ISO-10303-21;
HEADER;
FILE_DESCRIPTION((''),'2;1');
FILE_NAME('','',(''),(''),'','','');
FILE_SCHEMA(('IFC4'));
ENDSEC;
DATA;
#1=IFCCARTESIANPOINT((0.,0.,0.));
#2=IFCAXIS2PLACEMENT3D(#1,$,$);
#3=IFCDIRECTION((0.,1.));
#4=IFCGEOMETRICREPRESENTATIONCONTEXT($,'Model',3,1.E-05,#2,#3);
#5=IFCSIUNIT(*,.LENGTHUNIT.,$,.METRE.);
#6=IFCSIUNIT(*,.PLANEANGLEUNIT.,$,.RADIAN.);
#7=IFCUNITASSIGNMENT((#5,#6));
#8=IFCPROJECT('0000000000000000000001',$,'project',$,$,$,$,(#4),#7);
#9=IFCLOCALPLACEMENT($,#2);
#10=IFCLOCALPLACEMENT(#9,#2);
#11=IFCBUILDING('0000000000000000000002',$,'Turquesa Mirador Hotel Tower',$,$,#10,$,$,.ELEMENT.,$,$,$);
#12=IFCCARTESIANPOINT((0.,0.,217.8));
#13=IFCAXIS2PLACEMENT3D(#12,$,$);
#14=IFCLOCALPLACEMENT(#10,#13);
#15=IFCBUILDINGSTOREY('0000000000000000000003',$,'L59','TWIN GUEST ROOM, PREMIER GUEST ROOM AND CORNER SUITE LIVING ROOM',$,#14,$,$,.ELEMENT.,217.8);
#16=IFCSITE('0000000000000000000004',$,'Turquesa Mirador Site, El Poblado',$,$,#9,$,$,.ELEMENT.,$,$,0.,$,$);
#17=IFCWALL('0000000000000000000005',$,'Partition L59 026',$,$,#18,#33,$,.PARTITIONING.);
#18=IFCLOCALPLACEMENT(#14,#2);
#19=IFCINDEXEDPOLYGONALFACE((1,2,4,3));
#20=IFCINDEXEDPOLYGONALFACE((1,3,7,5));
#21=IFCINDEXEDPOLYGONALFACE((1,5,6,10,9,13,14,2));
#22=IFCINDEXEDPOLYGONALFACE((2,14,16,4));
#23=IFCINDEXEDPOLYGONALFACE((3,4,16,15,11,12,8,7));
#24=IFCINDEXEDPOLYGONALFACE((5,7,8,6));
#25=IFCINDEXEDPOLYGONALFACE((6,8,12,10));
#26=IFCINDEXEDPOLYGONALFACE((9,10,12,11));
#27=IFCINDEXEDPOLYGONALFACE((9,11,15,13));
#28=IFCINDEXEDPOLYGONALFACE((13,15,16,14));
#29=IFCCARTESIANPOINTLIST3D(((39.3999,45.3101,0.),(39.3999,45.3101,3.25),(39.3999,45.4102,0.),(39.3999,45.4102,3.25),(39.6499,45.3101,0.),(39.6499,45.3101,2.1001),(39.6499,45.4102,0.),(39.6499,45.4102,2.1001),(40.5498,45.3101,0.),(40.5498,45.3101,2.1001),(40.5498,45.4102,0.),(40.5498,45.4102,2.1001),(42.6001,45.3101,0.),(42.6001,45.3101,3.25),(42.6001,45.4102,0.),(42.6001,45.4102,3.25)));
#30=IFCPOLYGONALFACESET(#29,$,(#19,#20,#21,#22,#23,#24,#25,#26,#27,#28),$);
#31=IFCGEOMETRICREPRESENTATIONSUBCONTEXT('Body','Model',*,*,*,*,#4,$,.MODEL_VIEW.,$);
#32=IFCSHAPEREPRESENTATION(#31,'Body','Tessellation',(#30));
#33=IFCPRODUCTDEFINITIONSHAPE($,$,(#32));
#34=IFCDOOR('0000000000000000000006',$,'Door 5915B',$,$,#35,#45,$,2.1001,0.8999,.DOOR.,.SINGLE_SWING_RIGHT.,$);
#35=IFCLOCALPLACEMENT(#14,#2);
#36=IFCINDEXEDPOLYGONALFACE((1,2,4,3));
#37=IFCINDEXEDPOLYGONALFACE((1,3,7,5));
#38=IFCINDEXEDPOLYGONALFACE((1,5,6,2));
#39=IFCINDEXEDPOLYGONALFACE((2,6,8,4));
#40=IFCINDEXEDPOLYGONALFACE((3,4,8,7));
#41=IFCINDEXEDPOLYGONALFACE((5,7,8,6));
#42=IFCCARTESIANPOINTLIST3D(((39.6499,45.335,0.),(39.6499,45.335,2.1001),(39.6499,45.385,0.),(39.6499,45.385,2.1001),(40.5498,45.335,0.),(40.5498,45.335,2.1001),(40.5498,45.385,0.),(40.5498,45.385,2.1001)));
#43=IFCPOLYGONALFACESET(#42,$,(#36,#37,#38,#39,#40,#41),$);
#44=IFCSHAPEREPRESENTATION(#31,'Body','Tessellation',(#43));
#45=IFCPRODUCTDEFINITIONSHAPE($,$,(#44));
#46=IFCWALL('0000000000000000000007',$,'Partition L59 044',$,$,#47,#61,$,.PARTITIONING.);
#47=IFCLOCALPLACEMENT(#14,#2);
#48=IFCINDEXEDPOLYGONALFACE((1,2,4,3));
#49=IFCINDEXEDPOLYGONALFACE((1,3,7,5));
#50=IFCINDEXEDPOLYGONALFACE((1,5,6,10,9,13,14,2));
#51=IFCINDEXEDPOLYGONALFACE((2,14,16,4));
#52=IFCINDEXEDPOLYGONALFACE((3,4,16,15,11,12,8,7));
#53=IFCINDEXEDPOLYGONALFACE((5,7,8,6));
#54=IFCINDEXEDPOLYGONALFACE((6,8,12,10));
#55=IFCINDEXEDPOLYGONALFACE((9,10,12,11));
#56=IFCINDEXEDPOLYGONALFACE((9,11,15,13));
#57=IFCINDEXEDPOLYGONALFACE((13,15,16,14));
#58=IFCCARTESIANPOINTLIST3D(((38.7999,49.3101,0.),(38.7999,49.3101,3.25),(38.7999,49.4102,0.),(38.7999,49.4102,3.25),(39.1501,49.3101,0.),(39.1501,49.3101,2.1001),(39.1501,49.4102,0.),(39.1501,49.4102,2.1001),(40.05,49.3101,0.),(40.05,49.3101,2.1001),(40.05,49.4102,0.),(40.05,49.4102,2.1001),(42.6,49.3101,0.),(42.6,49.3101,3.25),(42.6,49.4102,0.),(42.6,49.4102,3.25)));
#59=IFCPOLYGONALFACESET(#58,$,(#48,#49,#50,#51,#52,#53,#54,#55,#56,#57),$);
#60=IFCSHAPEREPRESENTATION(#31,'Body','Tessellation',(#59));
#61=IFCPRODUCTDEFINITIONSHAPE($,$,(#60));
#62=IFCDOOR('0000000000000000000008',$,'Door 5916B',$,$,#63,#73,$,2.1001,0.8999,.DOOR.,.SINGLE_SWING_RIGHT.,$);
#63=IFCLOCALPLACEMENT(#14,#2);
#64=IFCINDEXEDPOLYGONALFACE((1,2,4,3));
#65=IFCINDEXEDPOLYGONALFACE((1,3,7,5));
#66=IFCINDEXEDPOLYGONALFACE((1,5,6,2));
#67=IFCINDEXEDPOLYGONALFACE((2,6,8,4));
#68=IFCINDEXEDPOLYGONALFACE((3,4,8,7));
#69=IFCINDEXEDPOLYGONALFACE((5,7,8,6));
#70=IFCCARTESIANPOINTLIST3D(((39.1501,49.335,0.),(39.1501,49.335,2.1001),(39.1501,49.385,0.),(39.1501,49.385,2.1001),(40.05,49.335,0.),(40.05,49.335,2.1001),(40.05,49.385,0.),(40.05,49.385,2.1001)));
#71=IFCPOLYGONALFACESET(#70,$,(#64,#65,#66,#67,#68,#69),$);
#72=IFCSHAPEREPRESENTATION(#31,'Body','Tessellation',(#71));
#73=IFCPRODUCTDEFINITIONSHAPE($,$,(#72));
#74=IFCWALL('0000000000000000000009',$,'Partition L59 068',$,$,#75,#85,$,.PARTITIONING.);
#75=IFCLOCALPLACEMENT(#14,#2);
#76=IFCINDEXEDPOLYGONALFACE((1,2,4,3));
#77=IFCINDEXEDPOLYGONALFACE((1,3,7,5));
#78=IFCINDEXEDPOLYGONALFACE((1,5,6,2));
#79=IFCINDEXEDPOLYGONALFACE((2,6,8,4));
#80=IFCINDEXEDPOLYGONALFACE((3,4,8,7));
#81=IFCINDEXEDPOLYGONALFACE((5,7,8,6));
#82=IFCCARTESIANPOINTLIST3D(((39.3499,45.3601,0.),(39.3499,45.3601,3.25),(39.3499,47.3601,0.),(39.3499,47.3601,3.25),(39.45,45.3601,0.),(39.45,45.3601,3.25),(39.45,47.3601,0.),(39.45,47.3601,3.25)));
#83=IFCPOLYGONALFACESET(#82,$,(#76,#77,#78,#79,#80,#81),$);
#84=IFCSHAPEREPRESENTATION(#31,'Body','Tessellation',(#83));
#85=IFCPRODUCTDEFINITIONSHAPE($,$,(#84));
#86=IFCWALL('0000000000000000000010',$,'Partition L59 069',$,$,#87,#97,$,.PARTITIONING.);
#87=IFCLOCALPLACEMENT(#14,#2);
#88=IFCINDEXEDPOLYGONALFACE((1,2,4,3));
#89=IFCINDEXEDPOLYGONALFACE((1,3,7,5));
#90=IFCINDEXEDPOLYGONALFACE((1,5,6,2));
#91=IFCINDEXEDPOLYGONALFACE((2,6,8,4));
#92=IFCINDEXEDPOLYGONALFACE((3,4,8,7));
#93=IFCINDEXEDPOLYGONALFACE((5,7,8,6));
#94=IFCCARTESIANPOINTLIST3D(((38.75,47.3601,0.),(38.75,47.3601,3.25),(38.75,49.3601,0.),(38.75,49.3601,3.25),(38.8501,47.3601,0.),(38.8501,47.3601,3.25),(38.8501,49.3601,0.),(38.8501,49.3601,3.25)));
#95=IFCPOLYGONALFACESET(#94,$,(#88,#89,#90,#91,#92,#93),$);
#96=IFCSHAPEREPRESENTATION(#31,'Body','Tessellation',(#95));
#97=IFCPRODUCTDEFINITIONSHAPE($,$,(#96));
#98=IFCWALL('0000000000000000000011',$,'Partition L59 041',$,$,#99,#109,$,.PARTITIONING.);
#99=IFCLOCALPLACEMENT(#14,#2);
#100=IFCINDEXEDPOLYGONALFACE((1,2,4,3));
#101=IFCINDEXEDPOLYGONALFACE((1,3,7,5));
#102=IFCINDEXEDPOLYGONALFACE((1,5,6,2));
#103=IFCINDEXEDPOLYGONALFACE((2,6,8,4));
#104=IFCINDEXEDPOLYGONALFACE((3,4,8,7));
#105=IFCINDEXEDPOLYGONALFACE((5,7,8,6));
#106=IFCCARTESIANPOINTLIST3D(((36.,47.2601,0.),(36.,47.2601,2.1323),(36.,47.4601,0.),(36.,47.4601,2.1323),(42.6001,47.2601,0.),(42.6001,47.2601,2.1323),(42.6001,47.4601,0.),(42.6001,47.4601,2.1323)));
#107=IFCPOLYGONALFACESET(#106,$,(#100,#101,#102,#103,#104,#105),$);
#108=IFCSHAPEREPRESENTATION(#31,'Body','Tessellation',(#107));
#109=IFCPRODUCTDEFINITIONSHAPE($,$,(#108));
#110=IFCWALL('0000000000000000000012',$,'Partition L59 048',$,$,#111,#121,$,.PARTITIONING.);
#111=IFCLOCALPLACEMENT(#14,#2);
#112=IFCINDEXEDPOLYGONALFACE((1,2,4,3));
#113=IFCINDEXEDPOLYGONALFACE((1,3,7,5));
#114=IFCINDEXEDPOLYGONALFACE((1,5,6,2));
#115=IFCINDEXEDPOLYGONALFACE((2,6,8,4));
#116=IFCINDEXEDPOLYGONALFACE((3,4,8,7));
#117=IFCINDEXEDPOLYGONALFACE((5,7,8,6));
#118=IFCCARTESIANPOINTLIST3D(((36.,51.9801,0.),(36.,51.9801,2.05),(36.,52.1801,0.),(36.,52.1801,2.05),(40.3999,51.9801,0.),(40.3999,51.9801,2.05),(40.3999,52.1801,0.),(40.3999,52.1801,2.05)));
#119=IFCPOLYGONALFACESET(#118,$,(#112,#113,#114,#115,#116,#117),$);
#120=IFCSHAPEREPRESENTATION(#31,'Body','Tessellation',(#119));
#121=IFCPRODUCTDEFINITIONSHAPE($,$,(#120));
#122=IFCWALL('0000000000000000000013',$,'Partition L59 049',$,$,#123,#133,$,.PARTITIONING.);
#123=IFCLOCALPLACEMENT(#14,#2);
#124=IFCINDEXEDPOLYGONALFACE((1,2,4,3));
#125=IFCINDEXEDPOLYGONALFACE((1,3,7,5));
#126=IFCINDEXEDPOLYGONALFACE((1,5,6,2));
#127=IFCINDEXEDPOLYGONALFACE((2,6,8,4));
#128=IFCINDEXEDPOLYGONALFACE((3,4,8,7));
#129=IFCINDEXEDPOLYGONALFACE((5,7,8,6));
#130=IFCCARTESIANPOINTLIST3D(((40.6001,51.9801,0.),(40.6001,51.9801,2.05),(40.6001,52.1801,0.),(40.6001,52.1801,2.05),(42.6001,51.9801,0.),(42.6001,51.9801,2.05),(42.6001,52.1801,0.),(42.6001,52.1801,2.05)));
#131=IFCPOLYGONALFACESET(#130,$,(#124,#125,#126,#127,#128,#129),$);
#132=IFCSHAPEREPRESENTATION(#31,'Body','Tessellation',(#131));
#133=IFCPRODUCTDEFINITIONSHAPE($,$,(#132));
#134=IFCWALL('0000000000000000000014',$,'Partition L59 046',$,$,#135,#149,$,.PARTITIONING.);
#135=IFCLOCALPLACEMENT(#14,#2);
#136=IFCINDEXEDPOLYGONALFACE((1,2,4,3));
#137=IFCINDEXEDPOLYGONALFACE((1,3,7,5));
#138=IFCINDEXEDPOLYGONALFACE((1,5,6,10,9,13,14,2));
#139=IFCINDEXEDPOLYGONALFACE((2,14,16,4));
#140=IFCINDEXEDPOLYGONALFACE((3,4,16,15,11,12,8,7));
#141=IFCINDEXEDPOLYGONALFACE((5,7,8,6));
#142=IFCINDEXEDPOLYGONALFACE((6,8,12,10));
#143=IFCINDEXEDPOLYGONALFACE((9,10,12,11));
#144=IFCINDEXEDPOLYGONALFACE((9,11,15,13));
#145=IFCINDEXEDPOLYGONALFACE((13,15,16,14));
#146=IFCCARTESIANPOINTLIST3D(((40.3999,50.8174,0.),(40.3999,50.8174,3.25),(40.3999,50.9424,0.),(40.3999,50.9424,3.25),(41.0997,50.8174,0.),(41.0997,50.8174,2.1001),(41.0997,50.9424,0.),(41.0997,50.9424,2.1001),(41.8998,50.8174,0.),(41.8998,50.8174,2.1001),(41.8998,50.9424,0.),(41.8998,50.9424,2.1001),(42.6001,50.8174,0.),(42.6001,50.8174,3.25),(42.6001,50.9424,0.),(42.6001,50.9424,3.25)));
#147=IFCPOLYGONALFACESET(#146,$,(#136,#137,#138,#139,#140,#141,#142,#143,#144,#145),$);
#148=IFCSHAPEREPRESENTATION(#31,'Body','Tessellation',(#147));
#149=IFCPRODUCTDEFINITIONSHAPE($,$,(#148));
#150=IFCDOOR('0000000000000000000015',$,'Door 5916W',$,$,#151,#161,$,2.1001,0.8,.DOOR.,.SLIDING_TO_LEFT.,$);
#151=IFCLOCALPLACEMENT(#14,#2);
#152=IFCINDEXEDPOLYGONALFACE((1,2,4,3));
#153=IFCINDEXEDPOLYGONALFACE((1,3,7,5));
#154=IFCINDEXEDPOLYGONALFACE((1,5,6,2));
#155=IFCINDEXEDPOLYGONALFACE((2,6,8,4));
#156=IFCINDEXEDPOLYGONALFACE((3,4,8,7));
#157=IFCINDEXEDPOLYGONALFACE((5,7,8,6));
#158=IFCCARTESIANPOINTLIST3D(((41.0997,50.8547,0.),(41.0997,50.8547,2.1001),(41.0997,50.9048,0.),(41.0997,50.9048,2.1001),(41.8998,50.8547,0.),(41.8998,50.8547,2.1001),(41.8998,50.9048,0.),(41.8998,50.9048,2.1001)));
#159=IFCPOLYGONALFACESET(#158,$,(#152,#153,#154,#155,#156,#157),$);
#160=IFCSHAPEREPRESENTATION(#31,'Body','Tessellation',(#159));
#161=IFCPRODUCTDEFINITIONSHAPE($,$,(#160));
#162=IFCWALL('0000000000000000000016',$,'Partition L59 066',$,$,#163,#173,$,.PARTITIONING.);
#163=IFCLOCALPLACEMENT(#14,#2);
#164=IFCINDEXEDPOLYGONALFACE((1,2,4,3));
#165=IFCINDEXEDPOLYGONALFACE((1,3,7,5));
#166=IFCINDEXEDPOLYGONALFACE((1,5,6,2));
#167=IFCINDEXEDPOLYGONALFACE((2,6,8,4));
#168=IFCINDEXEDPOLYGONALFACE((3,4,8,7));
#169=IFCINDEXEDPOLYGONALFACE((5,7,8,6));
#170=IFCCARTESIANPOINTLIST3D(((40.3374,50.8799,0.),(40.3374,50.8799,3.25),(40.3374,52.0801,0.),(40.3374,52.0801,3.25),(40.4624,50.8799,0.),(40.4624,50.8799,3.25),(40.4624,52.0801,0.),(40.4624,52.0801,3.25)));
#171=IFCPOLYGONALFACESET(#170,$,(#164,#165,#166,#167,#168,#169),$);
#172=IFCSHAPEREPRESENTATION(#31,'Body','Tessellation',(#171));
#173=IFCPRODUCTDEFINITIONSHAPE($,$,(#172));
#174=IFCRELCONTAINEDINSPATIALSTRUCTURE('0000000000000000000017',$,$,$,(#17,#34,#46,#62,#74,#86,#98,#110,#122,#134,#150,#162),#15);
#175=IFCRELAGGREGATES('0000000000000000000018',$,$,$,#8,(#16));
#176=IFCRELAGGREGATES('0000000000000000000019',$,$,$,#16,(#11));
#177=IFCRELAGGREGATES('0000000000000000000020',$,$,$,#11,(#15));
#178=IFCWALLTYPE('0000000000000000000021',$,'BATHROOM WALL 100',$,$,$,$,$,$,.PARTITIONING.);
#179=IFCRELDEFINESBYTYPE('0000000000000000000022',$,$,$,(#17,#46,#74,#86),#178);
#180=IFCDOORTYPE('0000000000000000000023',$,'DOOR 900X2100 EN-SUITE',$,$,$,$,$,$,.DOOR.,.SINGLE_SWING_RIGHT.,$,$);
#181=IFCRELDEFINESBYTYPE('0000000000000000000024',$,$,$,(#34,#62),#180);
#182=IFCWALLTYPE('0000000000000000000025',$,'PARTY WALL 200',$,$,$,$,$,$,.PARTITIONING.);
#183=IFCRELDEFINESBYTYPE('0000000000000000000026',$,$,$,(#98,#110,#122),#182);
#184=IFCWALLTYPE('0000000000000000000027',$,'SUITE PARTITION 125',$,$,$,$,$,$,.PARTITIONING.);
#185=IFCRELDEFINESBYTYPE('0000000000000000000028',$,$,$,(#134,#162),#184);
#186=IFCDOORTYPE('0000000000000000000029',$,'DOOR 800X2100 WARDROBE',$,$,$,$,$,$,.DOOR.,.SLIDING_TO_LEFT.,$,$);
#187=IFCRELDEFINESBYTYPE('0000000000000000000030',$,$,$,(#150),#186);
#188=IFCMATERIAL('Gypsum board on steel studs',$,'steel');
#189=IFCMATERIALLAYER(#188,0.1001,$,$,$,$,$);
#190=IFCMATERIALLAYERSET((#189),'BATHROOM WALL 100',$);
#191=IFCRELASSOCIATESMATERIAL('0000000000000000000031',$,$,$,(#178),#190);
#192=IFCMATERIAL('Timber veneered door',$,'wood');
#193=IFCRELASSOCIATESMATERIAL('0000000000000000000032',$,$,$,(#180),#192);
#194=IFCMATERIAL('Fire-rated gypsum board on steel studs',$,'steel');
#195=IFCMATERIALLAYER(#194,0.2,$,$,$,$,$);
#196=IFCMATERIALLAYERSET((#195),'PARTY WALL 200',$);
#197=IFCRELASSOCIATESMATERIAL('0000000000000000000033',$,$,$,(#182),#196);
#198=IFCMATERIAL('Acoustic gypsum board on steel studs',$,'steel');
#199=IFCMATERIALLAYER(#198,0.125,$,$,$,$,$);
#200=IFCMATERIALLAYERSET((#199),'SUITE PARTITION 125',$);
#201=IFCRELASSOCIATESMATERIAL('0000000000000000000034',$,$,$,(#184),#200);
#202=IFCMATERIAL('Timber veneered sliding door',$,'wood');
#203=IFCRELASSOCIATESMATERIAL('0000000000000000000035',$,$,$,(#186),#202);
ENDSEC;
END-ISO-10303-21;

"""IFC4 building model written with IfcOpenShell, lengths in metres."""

from ifc_helpers import new_model, si_unit, direction, frame, frame_2d, origin, place, context, subcontext, project, spatial, rectangle, extrude, material, layer, layer_set, type_object, element, fill, save


model = new_model("IFC4")

# Units and contexts
model_context = context("Model", 3, precision=1e-05, world=origin(), true_north=direction((0.0, 1.0)))
body_context = subcontext(model_context, "Body", "Model", "MODEL_VIEW")
ifc_project = project(units=[si_unit("LENGTHUNIT", "METRE"), si_unit("PLANEANGLEUNIT", "RADIAN")], contexts=[model_context])

# Site, building, storey
site_placement = place(None, origin())
site = spatial("IfcSite", under=ifc_project, at=site_placement, Name="Turquesa Mirador Site, El Poblado", CompositionType="ELEMENT", RefElevation=0.0)
building_placement = place(site_placement, origin())
building = spatial("IfcBuilding", under=site, at=building_placement, Name="Turquesa Mirador Hotel Tower", CompositionType="ELEMENT")
storey_placement = place(building_placement, frame((0.0, 0.0, 217.8)))
storey = spatial("IfcBuildingStorey", under=building, at=storey_placement, Name="L59", Description="TWIN GUEST ROOM, PREMIER GUEST ROOM AND CORNER SUITE LIVING ROOM", CompositionType="ELEMENT", Elevation=217.8)

# Walls, openings, doors
ifc_material_1 = material(Name="Gypsum board on steel studs", Category="steel")
ifc_layer_1 = layer(ifc_material_1, 0.1001)
ifc_layer_set_1 = layer_set([ifc_layer_1], Name="BATHROOM WALL 100")
wall_type_1 = type_object("IfcWallType", Name="BATHROOM WALL 100", PredefinedType="PARTITIONING", material=ifc_layer_set_1)
wall_1_placement = place(storey_placement, frame((39.3999, 45.3601, 0.0), z_axis=(0.0, 0.0, 1.0), x_axis=(1.0, 0.0, 0.0)))
wall_1 = element("IfcWall", 1, at=wall_1_placement, inside=storey, type_object=wall_type_1, Name="Partition L59 026", PredefinedType="PARTITIONING", context=body_context, shape_type="SweptSolid", body=[
    extrude(rectangle(XDim=3.2002, YDim=0.1001, at=frame_2d((1.6001, 0.0))), origin(), (0.0, 0.0, 1.0), 3.25),
])
opening_1_placement = place(wall_1_placement, frame((0.25, 0.0, 0.0)))
opening_1 = element("IfcOpeningElement", 2, at=opening_1_placement, cuts=wall_1, PredefinedType="OPENING", context=body_context, shape_type="SweptSolid", body=[
    extrude(rectangle(XDim=0.8999, YDim=2.1001, at=frame_2d((0.45, 1.05))), frame((0.0, 0.0601, 0.0), z_axis=(0.0, -1.0, 0.0), x_axis=(1.0, 0.0, 0.0)), (0.0, 0.0, 1.0), 0.1201),
])
ifc_material_2 = material(Name="Timber veneered door", Category="wood")
door_type_1 = type_object("IfcDoorType", Name="DOOR 900X2100 EN-SUITE", OperationType="SINGLE_SWING_RIGHT", PredefinedType="DOOR", material=ifc_material_2)
door_1_placement = place(opening_1_placement, origin())
door_1 = element("IfcDoor", 3, at=door_1_placement, inside=storey, type_object=door_type_1, Name="Door 5915B", OperationType="SINGLE_SWING_RIGHT", OverallHeight=2.1001, OverallWidth=0.8999, PredefinedType="DOOR", context=body_context, shape_type="SweptSolid", body=[
    extrude(rectangle(XDim=0.8999, YDim=2.1001, at=frame_2d((0.45, 1.05))), frame((0.0, 0.0249, 0.0), z_axis=(0.0, -1.0, 0.0), x_axis=(1.0, 0.0, 0.0)), (0.0, 0.0, 1.0), 0.05),
])
fill(opening_1, door_1)
wall_2_placement = place(storey_placement, frame((38.8, 49.3601, 0.0), z_axis=(0.0, 0.0, 1.0), x_axis=(1.0, 0.0, 0.0)))
wall_2 = element("IfcWall", 4, at=wall_2_placement, inside=storey, type_object=wall_type_1, Name="Partition L59 044", PredefinedType="PARTITIONING", context=body_context, shape_type="SweptSolid", body=[
    extrude(rectangle(XDim=3.8, YDim=0.1001, at=frame_2d((1.8999, 0.0))), origin(), (0.0, 0.0, 1.0), 3.25),
])
opening_2_placement = place(wall_2_placement, frame((0.3501, 0.0, 0.0)))
opening_2 = element("IfcOpeningElement", 5, at=opening_2_placement, cuts=wall_2, PredefinedType="OPENING", context=body_context, shape_type="SweptSolid", body=[
    extrude(rectangle(XDim=0.8999, YDim=2.1001, at=frame_2d((0.45, 1.05))), frame((0.0, 0.0601, 0.0), z_axis=(0.0, -1.0, 0.0), x_axis=(1.0, 0.0, 0.0)), (0.0, 0.0, 1.0), 0.1201),
])
door_2_placement = place(opening_2_placement, origin())
door_2 = element("IfcDoor", 6, at=door_2_placement, inside=storey, type_object=door_type_1, Name="Door 5916B", OperationType="SINGLE_SWING_RIGHT", OverallHeight=2.1001, OverallWidth=0.8999, PredefinedType="DOOR", context=body_context, shape_type="SweptSolid", body=[
    extrude(rectangle(XDim=0.8999, YDim=2.1001, at=frame_2d((0.45, 1.05))), frame((0.0, 0.0249, 0.0), z_axis=(0.0, -1.0, 0.0), x_axis=(1.0, 0.0, 0.0)), (0.0, 0.0, 1.0), 0.05),
])
fill(opening_2, door_2)

# Walls
for number, where, z_axis, x_axis, name in (
    (7, (39.3999, 45.3601, 0.0), (0.0, 0.0, 1.0), (0.0, 1.0, 0.0), "Partition L59 068"),
    (8, (38.8, 47.3601, 0.0), (0.0, 0.0, 1.0), (0.0, 1.0, 0.0), "Partition L59 069"),
):
    element("IfcWall", number, at=place(storey_placement, frame(where, z_axis=z_axis, x_axis=x_axis)), inside=storey, type_object=wall_type_1, Name=name, PredefinedType="PARTITIONING", context=body_context, shape_type="SweptSolid", body=[
        extrude(rectangle(XDim=2.0, YDim=0.1001, at=frame_2d((1.0, 0.0))), origin(), (0.0, 0.0, 1.0), 3.25),
    ])
ifc_material_3 = material(Name="Fire-rated gypsum board on steel studs", Category="steel")
ifc_layer_2 = layer(ifc_material_3, 0.2)
ifc_layer_set_2 = layer_set([ifc_layer_2], Name="PARTY WALL 200")
wall_type_2 = type_object("IfcWallType", Name="PARTY WALL 200", PredefinedType="PARTITIONING", material=ifc_layer_set_2)
wall_3_placement = place(storey_placement, frame((36.0, 47.3601, 0.0), z_axis=(0.0, 0.0, 1.0), x_axis=(1.0, 0.0, 0.0)))
element("IfcWall", 9, at=wall_3_placement, inside=storey, type_object=wall_type_2, Name="Partition L59 041", PredefinedType="PARTITIONING", context=body_context, shape_type="SweptSolid", body=[
    extrude(rectangle(XDim=6.6001, YDim=0.2, at=frame_2d((3.3, 0.0))), origin(), (0.0, 0.0, 1.0), 2.1323),
])
wall_4_placement = place(storey_placement, frame((36.0, 52.0801, 0.0), z_axis=(0.0, 0.0, 1.0), x_axis=(1.0, 0.0, 0.0)))
element("IfcWall", 10, at=wall_4_placement, inside=storey, type_object=wall_type_2, Name="Partition L59 048", PredefinedType="PARTITIONING", context=body_context, shape_type="SweptSolid", body=[
    extrude(rectangle(XDim=4.3999, YDim=0.2, at=frame_2d((2.2, 0.0))), origin(), (0.0, 0.0, 1.0), 2.05),
])
wall_5_placement = place(storey_placement, frame((40.6001, 52.0801, 0.0), z_axis=(0.0, 0.0, 1.0), x_axis=(1.0, 0.0, 0.0)))
element("IfcWall", 11, at=wall_5_placement, inside=storey, type_object=wall_type_2, Name="Partition L59 049", PredefinedType="PARTITIONING", context=body_context, shape_type="SweptSolid", body=[
    extrude(rectangle(XDim=2.0, YDim=0.2, at=frame_2d((1.0, 0.0))), origin(), (0.0, 0.0, 1.0), 2.05),
])

# Wall, opening, door
ifc_material_4 = material(Name="Acoustic gypsum board on steel studs", Category="steel")
ifc_layer_3 = layer(ifc_material_4, 0.125)
ifc_layer_set_3 = layer_set([ifc_layer_3], Name="SUITE PARTITION 125")
wall_type_3 = type_object("IfcWallType", Name="SUITE PARTITION 125", PredefinedType="PARTITIONING", material=ifc_layer_set_3)
wall_6_placement = place(storey_placement, frame((40.3999, 50.8799, 0.0), z_axis=(0.0, 0.0, 1.0), x_axis=(1.0, 0.0, 0.0)))
wall_6 = element("IfcWall", 12, at=wall_6_placement, inside=storey, type_object=wall_type_3, Name="Partition L59 046", PredefinedType="PARTITIONING", context=body_context, shape_type="SweptSolid", body=[
    extrude(rectangle(XDim=2.2002, YDim=0.125, at=frame_2d((1.1001, 0.0))), origin(), (0.0, 0.0, 1.0), 3.25),
])
opening_3_placement = place(wall_6_placement, frame((0.7, 0.0, 0.0)))
opening_3 = element("IfcOpeningElement", 13, at=opening_3_placement, cuts=wall_6, PredefinedType="OPENING", context=body_context, shape_type="SweptSolid", body=[
    extrude(rectangle(XDim=0.8, YDim=2.1001, at=frame_2d((0.3999, 1.05))), frame((0.0, 0.0725, 0.0), z_axis=(0.0, -1.0, 0.0), x_axis=(1.0, 0.0, 0.0)), (0.0, 0.0, 1.0), 0.145),
])
ifc_material_5 = material(Name="Timber veneered sliding door", Category="wood")
door_type_2 = type_object("IfcDoorType", Name="DOOR 800X2100 WARDROBE", OperationType="SLIDING_TO_LEFT", PredefinedType="DOOR", material=ifc_material_5)
door_3_placement = place(opening_3_placement, origin())
door_3 = element("IfcDoor", 14, at=door_3_placement, inside=storey, type_object=door_type_2, Name="Door 5916W", OperationType="SLIDING_TO_LEFT", OverallHeight=2.1001, OverallWidth=0.8, PredefinedType="DOOR", context=body_context, shape_type="SweptSolid", body=[
    extrude(rectangle(XDim=0.8, YDim=2.1001, at=frame_2d((0.3999, 1.05))), frame((0.0, 0.0249, 0.0), z_axis=(0.0, -1.0, 0.0), x_axis=(1.0, 0.0, 0.0)), (0.0, 0.0, 1.0), 0.05),
])
fill(opening_3, door_3)

# Wall
wall_7_placement = place(storey_placement, frame((40.3999, 50.8799, 0.0), z_axis=(0.0, 0.0, 1.0), x_axis=(0.0, 1.0, 0.0)))
element("IfcWall", 15, at=wall_7_placement, inside=storey, type_object=wall_type_3, Name="Partition L59 066", PredefinedType="PARTITIONING", context=body_context, shape_type="SweptSolid", body=[
    extrude(rectangle(XDim=1.2002, YDim=0.125, at=frame_2d((0.6001, 0.0))), origin(), (0.0, 0.0, 1.0), 3.25),
])

save(model, "model.ifc")
